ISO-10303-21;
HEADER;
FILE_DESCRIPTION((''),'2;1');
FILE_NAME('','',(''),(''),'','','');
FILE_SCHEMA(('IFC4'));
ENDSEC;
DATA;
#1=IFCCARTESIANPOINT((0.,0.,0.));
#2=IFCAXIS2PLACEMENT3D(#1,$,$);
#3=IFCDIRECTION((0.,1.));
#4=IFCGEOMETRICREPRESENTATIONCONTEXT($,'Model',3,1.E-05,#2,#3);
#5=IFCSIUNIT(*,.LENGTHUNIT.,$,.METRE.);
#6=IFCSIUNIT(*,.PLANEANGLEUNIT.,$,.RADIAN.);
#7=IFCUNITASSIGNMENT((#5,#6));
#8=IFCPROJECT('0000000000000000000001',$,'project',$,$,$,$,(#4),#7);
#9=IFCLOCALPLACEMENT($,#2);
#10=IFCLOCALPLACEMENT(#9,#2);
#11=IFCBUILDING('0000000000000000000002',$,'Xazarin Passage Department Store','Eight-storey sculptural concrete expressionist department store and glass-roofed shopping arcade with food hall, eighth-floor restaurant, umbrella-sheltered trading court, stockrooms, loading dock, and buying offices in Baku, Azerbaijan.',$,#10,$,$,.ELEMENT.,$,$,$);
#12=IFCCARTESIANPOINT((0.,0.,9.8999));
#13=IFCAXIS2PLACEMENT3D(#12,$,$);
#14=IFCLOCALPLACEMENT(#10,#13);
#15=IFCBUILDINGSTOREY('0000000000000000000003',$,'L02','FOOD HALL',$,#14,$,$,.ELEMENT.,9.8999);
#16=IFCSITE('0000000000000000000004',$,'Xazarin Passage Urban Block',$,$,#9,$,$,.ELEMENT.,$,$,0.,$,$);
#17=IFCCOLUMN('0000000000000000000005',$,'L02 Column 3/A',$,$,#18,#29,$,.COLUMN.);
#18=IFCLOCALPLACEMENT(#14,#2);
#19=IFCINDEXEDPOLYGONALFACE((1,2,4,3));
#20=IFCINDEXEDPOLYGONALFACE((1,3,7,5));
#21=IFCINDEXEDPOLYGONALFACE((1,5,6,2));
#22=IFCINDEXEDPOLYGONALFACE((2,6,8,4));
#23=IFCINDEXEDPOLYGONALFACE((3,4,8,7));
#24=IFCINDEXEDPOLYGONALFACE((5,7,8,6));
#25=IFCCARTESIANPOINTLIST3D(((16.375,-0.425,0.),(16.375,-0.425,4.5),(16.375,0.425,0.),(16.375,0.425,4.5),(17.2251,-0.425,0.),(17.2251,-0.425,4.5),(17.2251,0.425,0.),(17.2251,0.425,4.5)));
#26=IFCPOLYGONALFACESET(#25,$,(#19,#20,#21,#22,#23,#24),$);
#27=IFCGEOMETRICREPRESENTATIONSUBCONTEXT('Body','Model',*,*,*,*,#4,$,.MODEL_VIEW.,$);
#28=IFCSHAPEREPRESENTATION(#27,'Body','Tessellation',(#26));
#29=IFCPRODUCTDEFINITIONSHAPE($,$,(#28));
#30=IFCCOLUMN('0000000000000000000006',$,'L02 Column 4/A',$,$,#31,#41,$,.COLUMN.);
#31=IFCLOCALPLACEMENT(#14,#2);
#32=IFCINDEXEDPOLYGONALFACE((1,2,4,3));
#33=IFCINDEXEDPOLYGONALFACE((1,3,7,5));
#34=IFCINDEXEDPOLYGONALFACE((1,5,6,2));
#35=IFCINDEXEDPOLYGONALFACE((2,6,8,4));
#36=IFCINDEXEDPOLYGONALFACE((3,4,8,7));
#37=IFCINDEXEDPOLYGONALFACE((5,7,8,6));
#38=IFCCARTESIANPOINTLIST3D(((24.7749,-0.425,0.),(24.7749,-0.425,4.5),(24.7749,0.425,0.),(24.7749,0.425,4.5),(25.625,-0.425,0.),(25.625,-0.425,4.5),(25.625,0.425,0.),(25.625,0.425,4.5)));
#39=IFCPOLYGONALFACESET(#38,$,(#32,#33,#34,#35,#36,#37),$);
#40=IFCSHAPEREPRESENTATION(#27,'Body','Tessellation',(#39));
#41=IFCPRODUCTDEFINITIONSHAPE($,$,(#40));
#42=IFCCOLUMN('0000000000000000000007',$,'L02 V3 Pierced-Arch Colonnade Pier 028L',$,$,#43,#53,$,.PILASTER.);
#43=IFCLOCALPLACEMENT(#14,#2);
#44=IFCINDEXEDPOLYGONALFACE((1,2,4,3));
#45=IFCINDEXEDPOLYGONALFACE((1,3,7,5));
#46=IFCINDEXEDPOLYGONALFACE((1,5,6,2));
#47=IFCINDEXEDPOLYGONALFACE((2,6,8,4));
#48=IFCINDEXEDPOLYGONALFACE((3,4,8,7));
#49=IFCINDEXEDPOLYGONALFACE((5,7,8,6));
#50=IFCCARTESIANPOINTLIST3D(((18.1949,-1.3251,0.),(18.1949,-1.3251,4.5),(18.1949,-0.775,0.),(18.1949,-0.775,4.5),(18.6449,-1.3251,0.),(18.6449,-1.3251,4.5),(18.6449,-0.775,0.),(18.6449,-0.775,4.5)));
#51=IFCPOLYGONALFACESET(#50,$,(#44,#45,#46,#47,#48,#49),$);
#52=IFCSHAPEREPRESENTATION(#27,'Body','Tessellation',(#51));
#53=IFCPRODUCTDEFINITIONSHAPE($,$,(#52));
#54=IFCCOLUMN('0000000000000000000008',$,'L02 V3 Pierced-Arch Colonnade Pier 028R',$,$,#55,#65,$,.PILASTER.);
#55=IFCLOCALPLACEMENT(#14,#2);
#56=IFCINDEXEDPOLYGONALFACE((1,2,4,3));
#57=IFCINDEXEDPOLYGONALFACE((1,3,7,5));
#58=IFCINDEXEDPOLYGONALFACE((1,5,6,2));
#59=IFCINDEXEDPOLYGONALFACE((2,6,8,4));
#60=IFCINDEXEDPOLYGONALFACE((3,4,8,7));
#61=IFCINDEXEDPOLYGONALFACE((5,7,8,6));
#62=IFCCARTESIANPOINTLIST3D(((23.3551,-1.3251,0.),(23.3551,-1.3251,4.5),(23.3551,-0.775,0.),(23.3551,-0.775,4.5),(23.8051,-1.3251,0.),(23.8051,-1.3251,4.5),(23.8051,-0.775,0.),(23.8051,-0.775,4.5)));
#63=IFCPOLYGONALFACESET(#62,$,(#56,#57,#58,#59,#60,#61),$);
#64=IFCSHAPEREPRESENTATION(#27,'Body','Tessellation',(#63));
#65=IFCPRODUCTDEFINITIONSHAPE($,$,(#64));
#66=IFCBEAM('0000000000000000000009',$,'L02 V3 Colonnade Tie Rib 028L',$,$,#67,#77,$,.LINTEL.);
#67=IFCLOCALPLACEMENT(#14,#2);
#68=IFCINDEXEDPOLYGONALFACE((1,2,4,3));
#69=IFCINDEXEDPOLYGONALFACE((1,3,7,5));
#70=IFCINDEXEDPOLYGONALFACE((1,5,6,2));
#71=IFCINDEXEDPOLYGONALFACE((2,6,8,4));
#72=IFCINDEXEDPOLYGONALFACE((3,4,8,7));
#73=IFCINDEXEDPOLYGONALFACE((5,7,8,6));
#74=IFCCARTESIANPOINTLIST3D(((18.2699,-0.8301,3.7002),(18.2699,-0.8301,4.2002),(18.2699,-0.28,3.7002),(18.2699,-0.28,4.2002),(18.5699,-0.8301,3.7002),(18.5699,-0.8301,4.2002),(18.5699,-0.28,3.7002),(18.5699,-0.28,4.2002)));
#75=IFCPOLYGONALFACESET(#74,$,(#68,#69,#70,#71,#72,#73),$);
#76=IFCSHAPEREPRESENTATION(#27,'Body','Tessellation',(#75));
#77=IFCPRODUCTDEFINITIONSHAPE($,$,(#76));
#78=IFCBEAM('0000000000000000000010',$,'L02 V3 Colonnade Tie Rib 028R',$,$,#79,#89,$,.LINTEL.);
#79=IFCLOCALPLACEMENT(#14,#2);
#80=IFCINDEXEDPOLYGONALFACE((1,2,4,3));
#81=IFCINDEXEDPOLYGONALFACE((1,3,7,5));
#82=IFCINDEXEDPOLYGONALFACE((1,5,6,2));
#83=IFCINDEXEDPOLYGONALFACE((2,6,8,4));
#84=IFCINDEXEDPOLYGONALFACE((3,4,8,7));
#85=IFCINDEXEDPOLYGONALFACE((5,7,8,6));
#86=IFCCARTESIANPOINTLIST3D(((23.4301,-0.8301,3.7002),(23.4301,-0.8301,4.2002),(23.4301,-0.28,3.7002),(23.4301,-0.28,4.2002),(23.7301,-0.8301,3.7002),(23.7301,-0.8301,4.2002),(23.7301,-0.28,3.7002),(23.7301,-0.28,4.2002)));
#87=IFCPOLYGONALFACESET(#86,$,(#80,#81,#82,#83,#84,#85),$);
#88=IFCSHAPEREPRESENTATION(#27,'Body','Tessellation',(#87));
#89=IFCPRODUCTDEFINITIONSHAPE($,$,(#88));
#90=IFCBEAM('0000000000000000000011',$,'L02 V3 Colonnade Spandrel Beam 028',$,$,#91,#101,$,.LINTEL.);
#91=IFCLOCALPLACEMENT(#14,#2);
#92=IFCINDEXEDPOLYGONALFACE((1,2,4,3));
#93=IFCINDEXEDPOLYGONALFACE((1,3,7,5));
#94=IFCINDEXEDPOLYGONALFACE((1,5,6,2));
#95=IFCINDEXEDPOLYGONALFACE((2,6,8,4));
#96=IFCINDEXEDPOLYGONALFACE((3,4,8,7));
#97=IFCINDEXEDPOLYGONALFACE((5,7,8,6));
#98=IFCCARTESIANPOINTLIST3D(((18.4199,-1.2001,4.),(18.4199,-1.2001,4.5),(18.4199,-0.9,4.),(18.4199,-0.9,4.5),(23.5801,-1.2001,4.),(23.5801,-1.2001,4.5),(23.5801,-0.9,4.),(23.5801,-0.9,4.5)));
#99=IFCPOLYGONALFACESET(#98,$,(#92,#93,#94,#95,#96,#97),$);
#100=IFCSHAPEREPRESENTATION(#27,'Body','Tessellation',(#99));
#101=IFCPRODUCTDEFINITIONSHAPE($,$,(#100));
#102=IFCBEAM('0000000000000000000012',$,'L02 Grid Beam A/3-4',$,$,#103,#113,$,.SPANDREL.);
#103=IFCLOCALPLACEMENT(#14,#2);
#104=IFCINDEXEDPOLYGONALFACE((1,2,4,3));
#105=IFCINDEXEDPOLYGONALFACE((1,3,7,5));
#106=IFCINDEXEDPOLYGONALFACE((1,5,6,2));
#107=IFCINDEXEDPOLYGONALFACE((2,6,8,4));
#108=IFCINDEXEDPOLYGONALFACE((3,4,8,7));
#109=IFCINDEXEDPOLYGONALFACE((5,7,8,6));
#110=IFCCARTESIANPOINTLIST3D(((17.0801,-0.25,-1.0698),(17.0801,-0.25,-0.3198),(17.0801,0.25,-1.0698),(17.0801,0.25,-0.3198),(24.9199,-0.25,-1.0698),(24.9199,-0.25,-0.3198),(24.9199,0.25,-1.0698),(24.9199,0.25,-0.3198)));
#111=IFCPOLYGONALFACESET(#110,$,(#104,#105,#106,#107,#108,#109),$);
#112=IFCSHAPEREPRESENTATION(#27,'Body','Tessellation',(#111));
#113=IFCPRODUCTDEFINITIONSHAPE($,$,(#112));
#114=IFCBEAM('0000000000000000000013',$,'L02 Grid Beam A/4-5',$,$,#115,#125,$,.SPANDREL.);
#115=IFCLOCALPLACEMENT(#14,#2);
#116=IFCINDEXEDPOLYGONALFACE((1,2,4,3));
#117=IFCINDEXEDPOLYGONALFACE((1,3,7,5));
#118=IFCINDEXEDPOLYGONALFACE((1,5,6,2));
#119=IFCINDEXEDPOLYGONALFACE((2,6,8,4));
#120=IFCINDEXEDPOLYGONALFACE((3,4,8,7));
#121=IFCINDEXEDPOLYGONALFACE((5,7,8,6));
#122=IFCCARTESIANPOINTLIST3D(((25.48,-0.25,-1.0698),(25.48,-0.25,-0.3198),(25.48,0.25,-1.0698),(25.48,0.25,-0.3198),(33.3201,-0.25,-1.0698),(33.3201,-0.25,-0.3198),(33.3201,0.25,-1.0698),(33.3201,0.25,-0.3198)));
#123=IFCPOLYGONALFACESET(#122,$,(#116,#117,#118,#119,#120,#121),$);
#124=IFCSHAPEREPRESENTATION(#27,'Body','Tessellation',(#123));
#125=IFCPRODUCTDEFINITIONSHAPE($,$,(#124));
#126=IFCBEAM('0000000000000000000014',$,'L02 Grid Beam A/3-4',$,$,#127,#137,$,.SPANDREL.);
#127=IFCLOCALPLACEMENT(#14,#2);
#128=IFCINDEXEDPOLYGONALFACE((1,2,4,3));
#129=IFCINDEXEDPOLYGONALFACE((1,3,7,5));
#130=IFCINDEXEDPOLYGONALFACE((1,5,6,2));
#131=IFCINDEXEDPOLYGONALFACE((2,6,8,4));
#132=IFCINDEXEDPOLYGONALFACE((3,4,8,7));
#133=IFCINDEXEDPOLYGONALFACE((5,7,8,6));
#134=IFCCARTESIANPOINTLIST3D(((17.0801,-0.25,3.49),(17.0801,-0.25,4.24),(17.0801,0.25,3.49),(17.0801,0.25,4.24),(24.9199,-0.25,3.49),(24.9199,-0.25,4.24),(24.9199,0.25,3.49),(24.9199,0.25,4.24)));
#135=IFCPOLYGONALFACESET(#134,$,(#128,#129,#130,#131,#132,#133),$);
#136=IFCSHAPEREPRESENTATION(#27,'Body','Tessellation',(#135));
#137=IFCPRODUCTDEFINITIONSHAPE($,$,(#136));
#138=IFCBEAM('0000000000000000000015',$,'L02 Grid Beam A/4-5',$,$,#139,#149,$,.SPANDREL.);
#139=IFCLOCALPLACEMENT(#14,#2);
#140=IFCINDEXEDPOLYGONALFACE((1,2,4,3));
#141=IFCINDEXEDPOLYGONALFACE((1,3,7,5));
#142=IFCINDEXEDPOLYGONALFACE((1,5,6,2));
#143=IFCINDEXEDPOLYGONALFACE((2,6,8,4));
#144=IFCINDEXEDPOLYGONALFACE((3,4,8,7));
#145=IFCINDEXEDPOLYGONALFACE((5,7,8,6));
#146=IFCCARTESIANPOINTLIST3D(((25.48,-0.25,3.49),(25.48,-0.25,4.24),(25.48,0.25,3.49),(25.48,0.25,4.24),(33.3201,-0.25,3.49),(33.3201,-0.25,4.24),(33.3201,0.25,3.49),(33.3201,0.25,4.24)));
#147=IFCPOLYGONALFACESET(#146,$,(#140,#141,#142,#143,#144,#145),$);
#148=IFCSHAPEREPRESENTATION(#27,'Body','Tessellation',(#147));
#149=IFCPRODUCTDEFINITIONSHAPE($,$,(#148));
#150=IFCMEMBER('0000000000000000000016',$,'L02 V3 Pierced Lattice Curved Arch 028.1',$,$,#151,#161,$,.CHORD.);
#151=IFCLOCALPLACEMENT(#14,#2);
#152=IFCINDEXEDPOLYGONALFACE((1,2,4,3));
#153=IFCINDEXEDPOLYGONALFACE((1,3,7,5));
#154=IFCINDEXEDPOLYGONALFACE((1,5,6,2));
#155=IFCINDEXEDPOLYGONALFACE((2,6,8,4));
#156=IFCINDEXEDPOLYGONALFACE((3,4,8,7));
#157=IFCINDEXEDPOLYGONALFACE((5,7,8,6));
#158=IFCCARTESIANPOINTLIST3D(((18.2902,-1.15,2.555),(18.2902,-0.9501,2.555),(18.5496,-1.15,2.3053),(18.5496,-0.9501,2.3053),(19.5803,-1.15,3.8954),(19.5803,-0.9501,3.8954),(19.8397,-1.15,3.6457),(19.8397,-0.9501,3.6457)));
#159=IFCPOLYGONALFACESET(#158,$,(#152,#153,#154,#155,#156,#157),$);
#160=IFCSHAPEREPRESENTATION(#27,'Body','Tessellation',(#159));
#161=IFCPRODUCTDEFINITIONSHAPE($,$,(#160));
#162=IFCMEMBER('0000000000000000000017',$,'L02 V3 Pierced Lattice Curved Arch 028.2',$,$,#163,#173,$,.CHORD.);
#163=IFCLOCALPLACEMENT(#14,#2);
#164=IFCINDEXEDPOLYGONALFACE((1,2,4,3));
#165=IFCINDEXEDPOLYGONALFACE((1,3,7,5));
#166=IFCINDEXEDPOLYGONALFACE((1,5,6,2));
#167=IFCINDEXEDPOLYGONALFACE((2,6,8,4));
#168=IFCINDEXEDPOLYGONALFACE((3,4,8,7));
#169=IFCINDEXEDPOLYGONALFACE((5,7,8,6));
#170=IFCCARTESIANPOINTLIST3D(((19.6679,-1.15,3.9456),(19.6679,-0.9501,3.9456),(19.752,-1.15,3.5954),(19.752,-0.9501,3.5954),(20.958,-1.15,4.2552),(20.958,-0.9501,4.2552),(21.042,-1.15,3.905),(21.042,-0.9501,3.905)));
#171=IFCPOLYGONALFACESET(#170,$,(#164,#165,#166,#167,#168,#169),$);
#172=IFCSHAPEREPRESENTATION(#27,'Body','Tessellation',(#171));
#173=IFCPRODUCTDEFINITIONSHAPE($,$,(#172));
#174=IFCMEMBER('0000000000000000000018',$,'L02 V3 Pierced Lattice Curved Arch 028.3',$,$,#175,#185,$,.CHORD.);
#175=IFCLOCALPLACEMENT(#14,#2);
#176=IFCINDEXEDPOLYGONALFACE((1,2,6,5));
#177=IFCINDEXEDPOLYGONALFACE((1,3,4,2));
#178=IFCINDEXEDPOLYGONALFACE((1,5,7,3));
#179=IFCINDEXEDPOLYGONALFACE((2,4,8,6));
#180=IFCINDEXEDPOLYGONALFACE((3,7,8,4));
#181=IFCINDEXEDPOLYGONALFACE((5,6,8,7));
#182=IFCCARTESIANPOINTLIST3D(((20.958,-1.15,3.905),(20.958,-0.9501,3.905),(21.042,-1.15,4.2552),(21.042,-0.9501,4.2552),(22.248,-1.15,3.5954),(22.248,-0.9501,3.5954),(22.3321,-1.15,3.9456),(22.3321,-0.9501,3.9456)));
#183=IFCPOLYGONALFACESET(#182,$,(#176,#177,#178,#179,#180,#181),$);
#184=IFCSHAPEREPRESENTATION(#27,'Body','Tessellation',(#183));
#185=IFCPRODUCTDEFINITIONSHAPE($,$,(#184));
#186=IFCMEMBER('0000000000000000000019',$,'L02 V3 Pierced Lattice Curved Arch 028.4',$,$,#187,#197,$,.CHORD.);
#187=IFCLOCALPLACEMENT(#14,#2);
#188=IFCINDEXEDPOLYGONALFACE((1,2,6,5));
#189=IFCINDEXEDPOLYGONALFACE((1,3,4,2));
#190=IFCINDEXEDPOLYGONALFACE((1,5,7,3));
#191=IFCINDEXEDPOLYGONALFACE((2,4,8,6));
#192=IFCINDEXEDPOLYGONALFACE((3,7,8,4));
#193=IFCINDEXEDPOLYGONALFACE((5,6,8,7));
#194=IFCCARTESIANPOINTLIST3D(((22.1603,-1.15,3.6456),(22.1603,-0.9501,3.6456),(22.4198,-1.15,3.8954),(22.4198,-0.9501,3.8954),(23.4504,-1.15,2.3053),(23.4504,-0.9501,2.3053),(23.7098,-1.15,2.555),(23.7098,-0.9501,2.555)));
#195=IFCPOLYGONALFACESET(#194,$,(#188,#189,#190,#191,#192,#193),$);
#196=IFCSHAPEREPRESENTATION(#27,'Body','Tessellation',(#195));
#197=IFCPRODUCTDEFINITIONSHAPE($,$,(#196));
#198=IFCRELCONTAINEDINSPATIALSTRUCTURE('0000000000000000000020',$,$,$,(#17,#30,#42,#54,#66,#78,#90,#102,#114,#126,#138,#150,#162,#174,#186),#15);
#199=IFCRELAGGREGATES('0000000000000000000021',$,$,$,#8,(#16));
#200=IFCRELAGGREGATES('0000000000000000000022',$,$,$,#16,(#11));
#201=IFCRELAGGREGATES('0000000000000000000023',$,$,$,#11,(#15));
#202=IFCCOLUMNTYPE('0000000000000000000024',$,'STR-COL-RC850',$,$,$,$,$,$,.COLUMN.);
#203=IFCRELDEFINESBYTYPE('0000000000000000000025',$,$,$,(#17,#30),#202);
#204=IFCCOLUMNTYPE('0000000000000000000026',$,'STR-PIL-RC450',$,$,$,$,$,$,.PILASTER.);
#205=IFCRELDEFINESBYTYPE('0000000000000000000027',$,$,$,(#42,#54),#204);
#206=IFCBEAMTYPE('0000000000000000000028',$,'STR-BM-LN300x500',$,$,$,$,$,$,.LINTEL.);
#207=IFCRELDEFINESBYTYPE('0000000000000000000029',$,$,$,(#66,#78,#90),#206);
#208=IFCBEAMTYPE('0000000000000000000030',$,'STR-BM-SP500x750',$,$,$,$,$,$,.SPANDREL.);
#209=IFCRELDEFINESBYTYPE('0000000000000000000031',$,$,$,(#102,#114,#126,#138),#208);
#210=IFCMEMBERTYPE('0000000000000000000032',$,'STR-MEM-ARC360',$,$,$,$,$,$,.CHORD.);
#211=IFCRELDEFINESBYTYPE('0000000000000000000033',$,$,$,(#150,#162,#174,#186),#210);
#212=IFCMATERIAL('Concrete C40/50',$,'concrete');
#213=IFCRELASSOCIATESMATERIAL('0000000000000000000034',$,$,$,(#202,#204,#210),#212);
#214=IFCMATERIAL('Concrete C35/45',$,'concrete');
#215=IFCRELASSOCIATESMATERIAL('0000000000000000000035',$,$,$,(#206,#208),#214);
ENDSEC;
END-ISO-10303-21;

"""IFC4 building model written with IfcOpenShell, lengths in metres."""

from ifc_helpers import new_model, si_unit, direction, frame, origin, origin_2d, place, context, subcontext, project, spatial, rectangle, extrude, material, material_profile, profile_set, type_object, element, save


model = new_model("IFC4")

# Units and contexts
model_context = context("Model", 3, precision=1e-05, world=origin(), true_north=direction((0.0, 1.0)))
body_context = subcontext(model_context, "Body", "Model", "MODEL_VIEW")
ifc_project = project(units=[si_unit("LENGTHUNIT", "METRE"), si_unit("PLANEANGLEUNIT", "RADIAN")], contexts=[model_context])

# Site, building, storey
site_placement = place(None, origin())
site = spatial("IfcSite", under=ifc_project, at=site_placement, Name="Xazarin Passage Urban Block", CompositionType="ELEMENT", RefElevation=0.0)
building_placement = place(site_placement, origin())
building = spatial("IfcBuilding", under=site, at=building_placement, Name="Xazarin Passage Department Store", Description="Eight-storey sculptural concrete expressionist department store and glass-roofed shopping arcade with food hall, eighth-floor restaurant, umbrella-sheltered trading court, stockrooms, loading dock, and buying offices in Baku, Azerbaijan.", CompositionType="ELEMENT")
storey_placement = place(building_placement, frame((0.0, 0.0, 9.8999)))
storey = spatial("IfcBuildingStorey", under=building, at=storey_placement, Name="L02", Description="FOOD HALL", CompositionType="ELEMENT", Elevation=9.8999)

# Columns
ifc_material_1 = material(Name="Concrete C40/50", Category="concrete")
ifc_material_profile_1 = material_profile(ifc_material_1, rectangle(XDim=0.8501, YDim=0.8501, at=origin_2d()), Name="RC 850x850")
ifc_profile_set_1 = profile_set([ifc_material_profile_1], Name="Concrete C40/50")
column_type_1 = type_object("IfcColumnType", Name="STR-COL-RC850", PredefinedType="COLUMN", material=ifc_profile_set_1)
for number, where, z_axis, x_axis, name in (
    (1, (16.8, 0.0, 0.0), (0.0, 0.0, 1.0), (1.0, 0.0, 0.0), "L02 Column 3/A"),
    (2, (25.2, 0.0, 0.0), (0.0, 0.0, 1.0), (1.0, 0.0, 0.0), "L02 Column 4/A"),
):
    element("IfcColumn", number, at=place(storey_placement, frame(where, z_axis=z_axis, x_axis=x_axis)), inside=storey, type_object=column_type_1, Name=name, PredefinedType="COLUMN", context=body_context, shape_type="SweptSolid", body=[
        extrude(rectangle(XDim=0.8501, YDim=0.8501, at=origin_2d()), origin(), (0.0, 0.0, 1.0), 4.5),
    ])
ifc_material_profile_2 = material_profile(ifc_material_1, rectangle(XDim=0.45, YDim=0.55, at=origin_2d()), Name="RC 450x550")
ifc_profile_set_2 = profile_set([ifc_material_profile_2], Name="Concrete C40/50")
column_type_2 = type_object("IfcColumnType", Name="STR-PIL-RC450", PredefinedType="PILASTER", material=ifc_profile_set_2)
for number, where, z_axis, x_axis, name in (
    (3, (18.4199, -1.05, 0.0), (0.0, 0.0, 1.0), (1.0, 0.0, 0.0), "L02 V3 Pierced-Arch Colonnade Pier 028L"),
    (4, (23.5801, -1.05, 0.0), (0.0, 0.0, 1.0), (1.0, 0.0, 0.0), "L02 V3 Pierced-Arch Colonnade Pier 028R"),
):
    element("IfcColumn", number, at=place(storey_placement, frame(where, z_axis=z_axis, x_axis=x_axis)), inside=storey, type_object=column_type_2, Name=name, PredefinedType="PILASTER", context=body_context, shape_type="SweptSolid", body=[
        extrude(rectangle(XDim=0.45, YDim=0.55, at=origin_2d()), origin(), (0.0, 0.0, 1.0), 4.5),
    ])

# Beams
ifc_material_2 = material(Name="Concrete C35/45", Category="concrete")
ifc_material_profile_3 = material_profile(ifc_material_2, rectangle(XDim=0.3, YDim=0.5, at=origin_2d()), Name="RC 300x500")
ifc_profile_set_3 = profile_set([ifc_material_profile_3], Name="Concrete C35/45")
beam_type_1 = type_object("IfcBeamType", Name="STR-BM-LN300x500", PredefinedType="LINTEL", material=ifc_profile_set_3)
for number, where, z_axis, x_axis, name in (
    (5, (18.4199, -0.28, 3.9502), (0.0, -1.0, 0.0), (1.0, 0.0, 0.0), "L02 V3 Colonnade Tie Rib 028L"),
    (6, (23.5801, -0.28, 3.9502), (0.0, -1.0, 0.0), (1.0, 0.0, 0.0), "L02 V3 Colonnade Tie Rib 028R"),
):
    element("IfcBeam", number, at=place(storey_placement, frame(where, z_axis=z_axis, x_axis=x_axis)), inside=storey, type_object=beam_type_1, Name=name, PredefinedType="LINTEL", context=body_context, shape_type="SweptSolid", body=[
        extrude(rectangle(XDim=0.3, YDim=0.5, at=origin_2d()), origin(), (0.0, 0.0, 1.0), 0.55),
    ])
beam_1_placement = place(storey_placement, frame((18.4199, -1.05, 4.25), z_axis=(1.0, 0.0, 0.0), x_axis=(0.0, 1.0, 0.0)))
element("IfcBeam", 7, at=beam_1_placement, inside=storey, type_object=beam_type_1, Name="L02 V3 Colonnade Spandrel Beam 028", PredefinedType="LINTEL", context=body_context, shape_type="SweptSolid", body=[
    extrude(rectangle(XDim=0.3, YDim=0.5, at=origin_2d()), origin(), (0.0, 0.0, 1.0), 5.1602),
])
ifc_material_profile_4 = material_profile(ifc_material_2, rectangle(XDim=0.5, YDim=0.75, at=origin_2d()), Name="RC 500x750")
ifc_profile_set_4 = profile_set([ifc_material_profile_4], Name="Concrete C35/45")
beam_type_2 = type_object("IfcBeamType", Name="STR-BM-SP500x750", PredefinedType="SPANDREL", material=ifc_profile_set_4)
beam_2_placement = place(storey_placement, frame((17.0801, 0.0, -0.6948), z_axis=(1.0, 0.0, 0.0), x_axis=(0.0, 1.0, 0.0)))
element("IfcBeam", 8, at=beam_2_placement, inside=storey, type_object=beam_type_2, Name="L02 Grid Beam A/3-4", PredefinedType="SPANDREL", context=body_context, shape_type="SweptSolid", body=[
    extrude(rectangle(XDim=0.5, YDim=0.75, at=origin_2d()), origin(), (0.0, 0.0, 1.0), 7.8398),
])
beam_3_placement = place(storey_placement, frame((25.48, 0.0, -0.6948), z_axis=(1.0, 0.0, 0.0), x_axis=(0.0, 1.0, 0.0)))
element("IfcBeam", 9, at=beam_3_placement, inside=storey, type_object=beam_type_2, Name="L02 Grid Beam A/4-5", PredefinedType="SPANDREL", context=body_context, shape_type="SweptSolid", body=[
    extrude(rectangle(XDim=0.5, YDim=0.75, at=origin_2d()), origin(), (0.0, 0.0, 1.0), 7.8401),
])
beam_4_placement = place(storey_placement, frame((17.0801, 0.0, 3.865), z_axis=(1.0, 0.0, 0.0), x_axis=(0.0, 1.0, 0.0)))
element("IfcBeam", 10, at=beam_4_placement, inside=storey, type_object=beam_type_2, Name="L02 Grid Beam A/3-4", PredefinedType="SPANDREL", context=body_context, shape_type="SweptSolid", body=[
    extrude(rectangle(XDim=0.5, YDim=0.75, at=origin_2d()), origin(), (0.0, 0.0, 1.0), 7.8398),
])
beam_5_placement = place(storey_placement, frame((25.48, 0.0, 3.865), z_axis=(1.0, 0.0, 0.0), x_axis=(0.0, 1.0, 0.0)))
element("IfcBeam", 11, at=beam_5_placement, inside=storey, type_object=beam_type_2, Name="L02 Grid Beam A/4-5", PredefinedType="SPANDREL", context=body_context, shape_type="SweptSolid", body=[
    extrude(rectangle(XDim=0.5, YDim=0.75, at=origin_2d()), origin(), (0.0, 0.0, 1.0), 7.8401),
])

# Members
ifc_material_profile_5 = material_profile(ifc_material_1, rectangle(XDim=0.2, YDim=0.3601, at=origin_2d()), Name="RC 200x360")
ifc_profile_set_5 = profile_set([ifc_material_profile_5], Name="Concrete C40/50")
member_type = type_object("IfcMemberType", Name="STR-MEM-ARC360", PredefinedType="CHORD", material=ifc_profile_set_5)
member_1_placement = place(storey_placement, frame((18.4199, -1.05, 2.4302), z_axis=(0.69346, 0.0, 0.720495), x_axis=(0.0, 1.0, 0.0)))
element("IfcMember", 12, at=member_1_placement, inside=storey, type_object=member_type, Name="L02 V3 Pierced Lattice Curved Arch 028.1", PredefinedType="CHORD", context=body_context, shape_type="SweptSolid", body=[
    extrude(rectangle(XDim=0.2, YDim=0.3601, at=origin_2d()), origin(), (0.0, 0.0, 1.0), 1.8604),
])
for number, where, z_axis, x_axis, name in (
    (13, (19.71, -1.05, 3.7705), (0.972394, 0.0, 0.233345), (0.0, 1.0, 0.0), "L02 V3 Pierced Lattice Curved Arch 028.2"),
    (14, (21.0, -1.05, 4.0801), (0.972394, 0.0, -0.233345), (0.0, 1.0, 0.0), "L02 V3 Pierced Lattice Curved Arch 028.3"),
):
    element("IfcMember", number, at=place(storey_placement, frame(where, z_axis=z_axis, x_axis=x_axis)), inside=storey, type_object=member_type, Name=name, PredefinedType="CHORD", context=body_context, shape_type="SweptSolid", body=[
        extrude(rectangle(XDim=0.2, YDim=0.3601, at=origin_2d()), origin(), (0.0, 0.0, 1.0), 1.3267),
    ])
member_2_placement = place(storey_placement, frame((22.29, -1.05, 3.7705), z_axis=(0.69346, 0.0, -0.720495), x_axis=(0.0, 1.0, 0.0)))
element("IfcMember", 15, at=member_2_placement, inside=storey, type_object=member_type, Name="L02 V3 Pierced Lattice Curved Arch 028.4", PredefinedType="CHORD", context=body_context, shape_type="SweptSolid", body=[
    extrude(rectangle(XDim=0.2, YDim=0.3601, at=origin_2d()), origin(), (0.0, 0.0, 1.0), 1.8604),
])

save(model, "model.ifc")
